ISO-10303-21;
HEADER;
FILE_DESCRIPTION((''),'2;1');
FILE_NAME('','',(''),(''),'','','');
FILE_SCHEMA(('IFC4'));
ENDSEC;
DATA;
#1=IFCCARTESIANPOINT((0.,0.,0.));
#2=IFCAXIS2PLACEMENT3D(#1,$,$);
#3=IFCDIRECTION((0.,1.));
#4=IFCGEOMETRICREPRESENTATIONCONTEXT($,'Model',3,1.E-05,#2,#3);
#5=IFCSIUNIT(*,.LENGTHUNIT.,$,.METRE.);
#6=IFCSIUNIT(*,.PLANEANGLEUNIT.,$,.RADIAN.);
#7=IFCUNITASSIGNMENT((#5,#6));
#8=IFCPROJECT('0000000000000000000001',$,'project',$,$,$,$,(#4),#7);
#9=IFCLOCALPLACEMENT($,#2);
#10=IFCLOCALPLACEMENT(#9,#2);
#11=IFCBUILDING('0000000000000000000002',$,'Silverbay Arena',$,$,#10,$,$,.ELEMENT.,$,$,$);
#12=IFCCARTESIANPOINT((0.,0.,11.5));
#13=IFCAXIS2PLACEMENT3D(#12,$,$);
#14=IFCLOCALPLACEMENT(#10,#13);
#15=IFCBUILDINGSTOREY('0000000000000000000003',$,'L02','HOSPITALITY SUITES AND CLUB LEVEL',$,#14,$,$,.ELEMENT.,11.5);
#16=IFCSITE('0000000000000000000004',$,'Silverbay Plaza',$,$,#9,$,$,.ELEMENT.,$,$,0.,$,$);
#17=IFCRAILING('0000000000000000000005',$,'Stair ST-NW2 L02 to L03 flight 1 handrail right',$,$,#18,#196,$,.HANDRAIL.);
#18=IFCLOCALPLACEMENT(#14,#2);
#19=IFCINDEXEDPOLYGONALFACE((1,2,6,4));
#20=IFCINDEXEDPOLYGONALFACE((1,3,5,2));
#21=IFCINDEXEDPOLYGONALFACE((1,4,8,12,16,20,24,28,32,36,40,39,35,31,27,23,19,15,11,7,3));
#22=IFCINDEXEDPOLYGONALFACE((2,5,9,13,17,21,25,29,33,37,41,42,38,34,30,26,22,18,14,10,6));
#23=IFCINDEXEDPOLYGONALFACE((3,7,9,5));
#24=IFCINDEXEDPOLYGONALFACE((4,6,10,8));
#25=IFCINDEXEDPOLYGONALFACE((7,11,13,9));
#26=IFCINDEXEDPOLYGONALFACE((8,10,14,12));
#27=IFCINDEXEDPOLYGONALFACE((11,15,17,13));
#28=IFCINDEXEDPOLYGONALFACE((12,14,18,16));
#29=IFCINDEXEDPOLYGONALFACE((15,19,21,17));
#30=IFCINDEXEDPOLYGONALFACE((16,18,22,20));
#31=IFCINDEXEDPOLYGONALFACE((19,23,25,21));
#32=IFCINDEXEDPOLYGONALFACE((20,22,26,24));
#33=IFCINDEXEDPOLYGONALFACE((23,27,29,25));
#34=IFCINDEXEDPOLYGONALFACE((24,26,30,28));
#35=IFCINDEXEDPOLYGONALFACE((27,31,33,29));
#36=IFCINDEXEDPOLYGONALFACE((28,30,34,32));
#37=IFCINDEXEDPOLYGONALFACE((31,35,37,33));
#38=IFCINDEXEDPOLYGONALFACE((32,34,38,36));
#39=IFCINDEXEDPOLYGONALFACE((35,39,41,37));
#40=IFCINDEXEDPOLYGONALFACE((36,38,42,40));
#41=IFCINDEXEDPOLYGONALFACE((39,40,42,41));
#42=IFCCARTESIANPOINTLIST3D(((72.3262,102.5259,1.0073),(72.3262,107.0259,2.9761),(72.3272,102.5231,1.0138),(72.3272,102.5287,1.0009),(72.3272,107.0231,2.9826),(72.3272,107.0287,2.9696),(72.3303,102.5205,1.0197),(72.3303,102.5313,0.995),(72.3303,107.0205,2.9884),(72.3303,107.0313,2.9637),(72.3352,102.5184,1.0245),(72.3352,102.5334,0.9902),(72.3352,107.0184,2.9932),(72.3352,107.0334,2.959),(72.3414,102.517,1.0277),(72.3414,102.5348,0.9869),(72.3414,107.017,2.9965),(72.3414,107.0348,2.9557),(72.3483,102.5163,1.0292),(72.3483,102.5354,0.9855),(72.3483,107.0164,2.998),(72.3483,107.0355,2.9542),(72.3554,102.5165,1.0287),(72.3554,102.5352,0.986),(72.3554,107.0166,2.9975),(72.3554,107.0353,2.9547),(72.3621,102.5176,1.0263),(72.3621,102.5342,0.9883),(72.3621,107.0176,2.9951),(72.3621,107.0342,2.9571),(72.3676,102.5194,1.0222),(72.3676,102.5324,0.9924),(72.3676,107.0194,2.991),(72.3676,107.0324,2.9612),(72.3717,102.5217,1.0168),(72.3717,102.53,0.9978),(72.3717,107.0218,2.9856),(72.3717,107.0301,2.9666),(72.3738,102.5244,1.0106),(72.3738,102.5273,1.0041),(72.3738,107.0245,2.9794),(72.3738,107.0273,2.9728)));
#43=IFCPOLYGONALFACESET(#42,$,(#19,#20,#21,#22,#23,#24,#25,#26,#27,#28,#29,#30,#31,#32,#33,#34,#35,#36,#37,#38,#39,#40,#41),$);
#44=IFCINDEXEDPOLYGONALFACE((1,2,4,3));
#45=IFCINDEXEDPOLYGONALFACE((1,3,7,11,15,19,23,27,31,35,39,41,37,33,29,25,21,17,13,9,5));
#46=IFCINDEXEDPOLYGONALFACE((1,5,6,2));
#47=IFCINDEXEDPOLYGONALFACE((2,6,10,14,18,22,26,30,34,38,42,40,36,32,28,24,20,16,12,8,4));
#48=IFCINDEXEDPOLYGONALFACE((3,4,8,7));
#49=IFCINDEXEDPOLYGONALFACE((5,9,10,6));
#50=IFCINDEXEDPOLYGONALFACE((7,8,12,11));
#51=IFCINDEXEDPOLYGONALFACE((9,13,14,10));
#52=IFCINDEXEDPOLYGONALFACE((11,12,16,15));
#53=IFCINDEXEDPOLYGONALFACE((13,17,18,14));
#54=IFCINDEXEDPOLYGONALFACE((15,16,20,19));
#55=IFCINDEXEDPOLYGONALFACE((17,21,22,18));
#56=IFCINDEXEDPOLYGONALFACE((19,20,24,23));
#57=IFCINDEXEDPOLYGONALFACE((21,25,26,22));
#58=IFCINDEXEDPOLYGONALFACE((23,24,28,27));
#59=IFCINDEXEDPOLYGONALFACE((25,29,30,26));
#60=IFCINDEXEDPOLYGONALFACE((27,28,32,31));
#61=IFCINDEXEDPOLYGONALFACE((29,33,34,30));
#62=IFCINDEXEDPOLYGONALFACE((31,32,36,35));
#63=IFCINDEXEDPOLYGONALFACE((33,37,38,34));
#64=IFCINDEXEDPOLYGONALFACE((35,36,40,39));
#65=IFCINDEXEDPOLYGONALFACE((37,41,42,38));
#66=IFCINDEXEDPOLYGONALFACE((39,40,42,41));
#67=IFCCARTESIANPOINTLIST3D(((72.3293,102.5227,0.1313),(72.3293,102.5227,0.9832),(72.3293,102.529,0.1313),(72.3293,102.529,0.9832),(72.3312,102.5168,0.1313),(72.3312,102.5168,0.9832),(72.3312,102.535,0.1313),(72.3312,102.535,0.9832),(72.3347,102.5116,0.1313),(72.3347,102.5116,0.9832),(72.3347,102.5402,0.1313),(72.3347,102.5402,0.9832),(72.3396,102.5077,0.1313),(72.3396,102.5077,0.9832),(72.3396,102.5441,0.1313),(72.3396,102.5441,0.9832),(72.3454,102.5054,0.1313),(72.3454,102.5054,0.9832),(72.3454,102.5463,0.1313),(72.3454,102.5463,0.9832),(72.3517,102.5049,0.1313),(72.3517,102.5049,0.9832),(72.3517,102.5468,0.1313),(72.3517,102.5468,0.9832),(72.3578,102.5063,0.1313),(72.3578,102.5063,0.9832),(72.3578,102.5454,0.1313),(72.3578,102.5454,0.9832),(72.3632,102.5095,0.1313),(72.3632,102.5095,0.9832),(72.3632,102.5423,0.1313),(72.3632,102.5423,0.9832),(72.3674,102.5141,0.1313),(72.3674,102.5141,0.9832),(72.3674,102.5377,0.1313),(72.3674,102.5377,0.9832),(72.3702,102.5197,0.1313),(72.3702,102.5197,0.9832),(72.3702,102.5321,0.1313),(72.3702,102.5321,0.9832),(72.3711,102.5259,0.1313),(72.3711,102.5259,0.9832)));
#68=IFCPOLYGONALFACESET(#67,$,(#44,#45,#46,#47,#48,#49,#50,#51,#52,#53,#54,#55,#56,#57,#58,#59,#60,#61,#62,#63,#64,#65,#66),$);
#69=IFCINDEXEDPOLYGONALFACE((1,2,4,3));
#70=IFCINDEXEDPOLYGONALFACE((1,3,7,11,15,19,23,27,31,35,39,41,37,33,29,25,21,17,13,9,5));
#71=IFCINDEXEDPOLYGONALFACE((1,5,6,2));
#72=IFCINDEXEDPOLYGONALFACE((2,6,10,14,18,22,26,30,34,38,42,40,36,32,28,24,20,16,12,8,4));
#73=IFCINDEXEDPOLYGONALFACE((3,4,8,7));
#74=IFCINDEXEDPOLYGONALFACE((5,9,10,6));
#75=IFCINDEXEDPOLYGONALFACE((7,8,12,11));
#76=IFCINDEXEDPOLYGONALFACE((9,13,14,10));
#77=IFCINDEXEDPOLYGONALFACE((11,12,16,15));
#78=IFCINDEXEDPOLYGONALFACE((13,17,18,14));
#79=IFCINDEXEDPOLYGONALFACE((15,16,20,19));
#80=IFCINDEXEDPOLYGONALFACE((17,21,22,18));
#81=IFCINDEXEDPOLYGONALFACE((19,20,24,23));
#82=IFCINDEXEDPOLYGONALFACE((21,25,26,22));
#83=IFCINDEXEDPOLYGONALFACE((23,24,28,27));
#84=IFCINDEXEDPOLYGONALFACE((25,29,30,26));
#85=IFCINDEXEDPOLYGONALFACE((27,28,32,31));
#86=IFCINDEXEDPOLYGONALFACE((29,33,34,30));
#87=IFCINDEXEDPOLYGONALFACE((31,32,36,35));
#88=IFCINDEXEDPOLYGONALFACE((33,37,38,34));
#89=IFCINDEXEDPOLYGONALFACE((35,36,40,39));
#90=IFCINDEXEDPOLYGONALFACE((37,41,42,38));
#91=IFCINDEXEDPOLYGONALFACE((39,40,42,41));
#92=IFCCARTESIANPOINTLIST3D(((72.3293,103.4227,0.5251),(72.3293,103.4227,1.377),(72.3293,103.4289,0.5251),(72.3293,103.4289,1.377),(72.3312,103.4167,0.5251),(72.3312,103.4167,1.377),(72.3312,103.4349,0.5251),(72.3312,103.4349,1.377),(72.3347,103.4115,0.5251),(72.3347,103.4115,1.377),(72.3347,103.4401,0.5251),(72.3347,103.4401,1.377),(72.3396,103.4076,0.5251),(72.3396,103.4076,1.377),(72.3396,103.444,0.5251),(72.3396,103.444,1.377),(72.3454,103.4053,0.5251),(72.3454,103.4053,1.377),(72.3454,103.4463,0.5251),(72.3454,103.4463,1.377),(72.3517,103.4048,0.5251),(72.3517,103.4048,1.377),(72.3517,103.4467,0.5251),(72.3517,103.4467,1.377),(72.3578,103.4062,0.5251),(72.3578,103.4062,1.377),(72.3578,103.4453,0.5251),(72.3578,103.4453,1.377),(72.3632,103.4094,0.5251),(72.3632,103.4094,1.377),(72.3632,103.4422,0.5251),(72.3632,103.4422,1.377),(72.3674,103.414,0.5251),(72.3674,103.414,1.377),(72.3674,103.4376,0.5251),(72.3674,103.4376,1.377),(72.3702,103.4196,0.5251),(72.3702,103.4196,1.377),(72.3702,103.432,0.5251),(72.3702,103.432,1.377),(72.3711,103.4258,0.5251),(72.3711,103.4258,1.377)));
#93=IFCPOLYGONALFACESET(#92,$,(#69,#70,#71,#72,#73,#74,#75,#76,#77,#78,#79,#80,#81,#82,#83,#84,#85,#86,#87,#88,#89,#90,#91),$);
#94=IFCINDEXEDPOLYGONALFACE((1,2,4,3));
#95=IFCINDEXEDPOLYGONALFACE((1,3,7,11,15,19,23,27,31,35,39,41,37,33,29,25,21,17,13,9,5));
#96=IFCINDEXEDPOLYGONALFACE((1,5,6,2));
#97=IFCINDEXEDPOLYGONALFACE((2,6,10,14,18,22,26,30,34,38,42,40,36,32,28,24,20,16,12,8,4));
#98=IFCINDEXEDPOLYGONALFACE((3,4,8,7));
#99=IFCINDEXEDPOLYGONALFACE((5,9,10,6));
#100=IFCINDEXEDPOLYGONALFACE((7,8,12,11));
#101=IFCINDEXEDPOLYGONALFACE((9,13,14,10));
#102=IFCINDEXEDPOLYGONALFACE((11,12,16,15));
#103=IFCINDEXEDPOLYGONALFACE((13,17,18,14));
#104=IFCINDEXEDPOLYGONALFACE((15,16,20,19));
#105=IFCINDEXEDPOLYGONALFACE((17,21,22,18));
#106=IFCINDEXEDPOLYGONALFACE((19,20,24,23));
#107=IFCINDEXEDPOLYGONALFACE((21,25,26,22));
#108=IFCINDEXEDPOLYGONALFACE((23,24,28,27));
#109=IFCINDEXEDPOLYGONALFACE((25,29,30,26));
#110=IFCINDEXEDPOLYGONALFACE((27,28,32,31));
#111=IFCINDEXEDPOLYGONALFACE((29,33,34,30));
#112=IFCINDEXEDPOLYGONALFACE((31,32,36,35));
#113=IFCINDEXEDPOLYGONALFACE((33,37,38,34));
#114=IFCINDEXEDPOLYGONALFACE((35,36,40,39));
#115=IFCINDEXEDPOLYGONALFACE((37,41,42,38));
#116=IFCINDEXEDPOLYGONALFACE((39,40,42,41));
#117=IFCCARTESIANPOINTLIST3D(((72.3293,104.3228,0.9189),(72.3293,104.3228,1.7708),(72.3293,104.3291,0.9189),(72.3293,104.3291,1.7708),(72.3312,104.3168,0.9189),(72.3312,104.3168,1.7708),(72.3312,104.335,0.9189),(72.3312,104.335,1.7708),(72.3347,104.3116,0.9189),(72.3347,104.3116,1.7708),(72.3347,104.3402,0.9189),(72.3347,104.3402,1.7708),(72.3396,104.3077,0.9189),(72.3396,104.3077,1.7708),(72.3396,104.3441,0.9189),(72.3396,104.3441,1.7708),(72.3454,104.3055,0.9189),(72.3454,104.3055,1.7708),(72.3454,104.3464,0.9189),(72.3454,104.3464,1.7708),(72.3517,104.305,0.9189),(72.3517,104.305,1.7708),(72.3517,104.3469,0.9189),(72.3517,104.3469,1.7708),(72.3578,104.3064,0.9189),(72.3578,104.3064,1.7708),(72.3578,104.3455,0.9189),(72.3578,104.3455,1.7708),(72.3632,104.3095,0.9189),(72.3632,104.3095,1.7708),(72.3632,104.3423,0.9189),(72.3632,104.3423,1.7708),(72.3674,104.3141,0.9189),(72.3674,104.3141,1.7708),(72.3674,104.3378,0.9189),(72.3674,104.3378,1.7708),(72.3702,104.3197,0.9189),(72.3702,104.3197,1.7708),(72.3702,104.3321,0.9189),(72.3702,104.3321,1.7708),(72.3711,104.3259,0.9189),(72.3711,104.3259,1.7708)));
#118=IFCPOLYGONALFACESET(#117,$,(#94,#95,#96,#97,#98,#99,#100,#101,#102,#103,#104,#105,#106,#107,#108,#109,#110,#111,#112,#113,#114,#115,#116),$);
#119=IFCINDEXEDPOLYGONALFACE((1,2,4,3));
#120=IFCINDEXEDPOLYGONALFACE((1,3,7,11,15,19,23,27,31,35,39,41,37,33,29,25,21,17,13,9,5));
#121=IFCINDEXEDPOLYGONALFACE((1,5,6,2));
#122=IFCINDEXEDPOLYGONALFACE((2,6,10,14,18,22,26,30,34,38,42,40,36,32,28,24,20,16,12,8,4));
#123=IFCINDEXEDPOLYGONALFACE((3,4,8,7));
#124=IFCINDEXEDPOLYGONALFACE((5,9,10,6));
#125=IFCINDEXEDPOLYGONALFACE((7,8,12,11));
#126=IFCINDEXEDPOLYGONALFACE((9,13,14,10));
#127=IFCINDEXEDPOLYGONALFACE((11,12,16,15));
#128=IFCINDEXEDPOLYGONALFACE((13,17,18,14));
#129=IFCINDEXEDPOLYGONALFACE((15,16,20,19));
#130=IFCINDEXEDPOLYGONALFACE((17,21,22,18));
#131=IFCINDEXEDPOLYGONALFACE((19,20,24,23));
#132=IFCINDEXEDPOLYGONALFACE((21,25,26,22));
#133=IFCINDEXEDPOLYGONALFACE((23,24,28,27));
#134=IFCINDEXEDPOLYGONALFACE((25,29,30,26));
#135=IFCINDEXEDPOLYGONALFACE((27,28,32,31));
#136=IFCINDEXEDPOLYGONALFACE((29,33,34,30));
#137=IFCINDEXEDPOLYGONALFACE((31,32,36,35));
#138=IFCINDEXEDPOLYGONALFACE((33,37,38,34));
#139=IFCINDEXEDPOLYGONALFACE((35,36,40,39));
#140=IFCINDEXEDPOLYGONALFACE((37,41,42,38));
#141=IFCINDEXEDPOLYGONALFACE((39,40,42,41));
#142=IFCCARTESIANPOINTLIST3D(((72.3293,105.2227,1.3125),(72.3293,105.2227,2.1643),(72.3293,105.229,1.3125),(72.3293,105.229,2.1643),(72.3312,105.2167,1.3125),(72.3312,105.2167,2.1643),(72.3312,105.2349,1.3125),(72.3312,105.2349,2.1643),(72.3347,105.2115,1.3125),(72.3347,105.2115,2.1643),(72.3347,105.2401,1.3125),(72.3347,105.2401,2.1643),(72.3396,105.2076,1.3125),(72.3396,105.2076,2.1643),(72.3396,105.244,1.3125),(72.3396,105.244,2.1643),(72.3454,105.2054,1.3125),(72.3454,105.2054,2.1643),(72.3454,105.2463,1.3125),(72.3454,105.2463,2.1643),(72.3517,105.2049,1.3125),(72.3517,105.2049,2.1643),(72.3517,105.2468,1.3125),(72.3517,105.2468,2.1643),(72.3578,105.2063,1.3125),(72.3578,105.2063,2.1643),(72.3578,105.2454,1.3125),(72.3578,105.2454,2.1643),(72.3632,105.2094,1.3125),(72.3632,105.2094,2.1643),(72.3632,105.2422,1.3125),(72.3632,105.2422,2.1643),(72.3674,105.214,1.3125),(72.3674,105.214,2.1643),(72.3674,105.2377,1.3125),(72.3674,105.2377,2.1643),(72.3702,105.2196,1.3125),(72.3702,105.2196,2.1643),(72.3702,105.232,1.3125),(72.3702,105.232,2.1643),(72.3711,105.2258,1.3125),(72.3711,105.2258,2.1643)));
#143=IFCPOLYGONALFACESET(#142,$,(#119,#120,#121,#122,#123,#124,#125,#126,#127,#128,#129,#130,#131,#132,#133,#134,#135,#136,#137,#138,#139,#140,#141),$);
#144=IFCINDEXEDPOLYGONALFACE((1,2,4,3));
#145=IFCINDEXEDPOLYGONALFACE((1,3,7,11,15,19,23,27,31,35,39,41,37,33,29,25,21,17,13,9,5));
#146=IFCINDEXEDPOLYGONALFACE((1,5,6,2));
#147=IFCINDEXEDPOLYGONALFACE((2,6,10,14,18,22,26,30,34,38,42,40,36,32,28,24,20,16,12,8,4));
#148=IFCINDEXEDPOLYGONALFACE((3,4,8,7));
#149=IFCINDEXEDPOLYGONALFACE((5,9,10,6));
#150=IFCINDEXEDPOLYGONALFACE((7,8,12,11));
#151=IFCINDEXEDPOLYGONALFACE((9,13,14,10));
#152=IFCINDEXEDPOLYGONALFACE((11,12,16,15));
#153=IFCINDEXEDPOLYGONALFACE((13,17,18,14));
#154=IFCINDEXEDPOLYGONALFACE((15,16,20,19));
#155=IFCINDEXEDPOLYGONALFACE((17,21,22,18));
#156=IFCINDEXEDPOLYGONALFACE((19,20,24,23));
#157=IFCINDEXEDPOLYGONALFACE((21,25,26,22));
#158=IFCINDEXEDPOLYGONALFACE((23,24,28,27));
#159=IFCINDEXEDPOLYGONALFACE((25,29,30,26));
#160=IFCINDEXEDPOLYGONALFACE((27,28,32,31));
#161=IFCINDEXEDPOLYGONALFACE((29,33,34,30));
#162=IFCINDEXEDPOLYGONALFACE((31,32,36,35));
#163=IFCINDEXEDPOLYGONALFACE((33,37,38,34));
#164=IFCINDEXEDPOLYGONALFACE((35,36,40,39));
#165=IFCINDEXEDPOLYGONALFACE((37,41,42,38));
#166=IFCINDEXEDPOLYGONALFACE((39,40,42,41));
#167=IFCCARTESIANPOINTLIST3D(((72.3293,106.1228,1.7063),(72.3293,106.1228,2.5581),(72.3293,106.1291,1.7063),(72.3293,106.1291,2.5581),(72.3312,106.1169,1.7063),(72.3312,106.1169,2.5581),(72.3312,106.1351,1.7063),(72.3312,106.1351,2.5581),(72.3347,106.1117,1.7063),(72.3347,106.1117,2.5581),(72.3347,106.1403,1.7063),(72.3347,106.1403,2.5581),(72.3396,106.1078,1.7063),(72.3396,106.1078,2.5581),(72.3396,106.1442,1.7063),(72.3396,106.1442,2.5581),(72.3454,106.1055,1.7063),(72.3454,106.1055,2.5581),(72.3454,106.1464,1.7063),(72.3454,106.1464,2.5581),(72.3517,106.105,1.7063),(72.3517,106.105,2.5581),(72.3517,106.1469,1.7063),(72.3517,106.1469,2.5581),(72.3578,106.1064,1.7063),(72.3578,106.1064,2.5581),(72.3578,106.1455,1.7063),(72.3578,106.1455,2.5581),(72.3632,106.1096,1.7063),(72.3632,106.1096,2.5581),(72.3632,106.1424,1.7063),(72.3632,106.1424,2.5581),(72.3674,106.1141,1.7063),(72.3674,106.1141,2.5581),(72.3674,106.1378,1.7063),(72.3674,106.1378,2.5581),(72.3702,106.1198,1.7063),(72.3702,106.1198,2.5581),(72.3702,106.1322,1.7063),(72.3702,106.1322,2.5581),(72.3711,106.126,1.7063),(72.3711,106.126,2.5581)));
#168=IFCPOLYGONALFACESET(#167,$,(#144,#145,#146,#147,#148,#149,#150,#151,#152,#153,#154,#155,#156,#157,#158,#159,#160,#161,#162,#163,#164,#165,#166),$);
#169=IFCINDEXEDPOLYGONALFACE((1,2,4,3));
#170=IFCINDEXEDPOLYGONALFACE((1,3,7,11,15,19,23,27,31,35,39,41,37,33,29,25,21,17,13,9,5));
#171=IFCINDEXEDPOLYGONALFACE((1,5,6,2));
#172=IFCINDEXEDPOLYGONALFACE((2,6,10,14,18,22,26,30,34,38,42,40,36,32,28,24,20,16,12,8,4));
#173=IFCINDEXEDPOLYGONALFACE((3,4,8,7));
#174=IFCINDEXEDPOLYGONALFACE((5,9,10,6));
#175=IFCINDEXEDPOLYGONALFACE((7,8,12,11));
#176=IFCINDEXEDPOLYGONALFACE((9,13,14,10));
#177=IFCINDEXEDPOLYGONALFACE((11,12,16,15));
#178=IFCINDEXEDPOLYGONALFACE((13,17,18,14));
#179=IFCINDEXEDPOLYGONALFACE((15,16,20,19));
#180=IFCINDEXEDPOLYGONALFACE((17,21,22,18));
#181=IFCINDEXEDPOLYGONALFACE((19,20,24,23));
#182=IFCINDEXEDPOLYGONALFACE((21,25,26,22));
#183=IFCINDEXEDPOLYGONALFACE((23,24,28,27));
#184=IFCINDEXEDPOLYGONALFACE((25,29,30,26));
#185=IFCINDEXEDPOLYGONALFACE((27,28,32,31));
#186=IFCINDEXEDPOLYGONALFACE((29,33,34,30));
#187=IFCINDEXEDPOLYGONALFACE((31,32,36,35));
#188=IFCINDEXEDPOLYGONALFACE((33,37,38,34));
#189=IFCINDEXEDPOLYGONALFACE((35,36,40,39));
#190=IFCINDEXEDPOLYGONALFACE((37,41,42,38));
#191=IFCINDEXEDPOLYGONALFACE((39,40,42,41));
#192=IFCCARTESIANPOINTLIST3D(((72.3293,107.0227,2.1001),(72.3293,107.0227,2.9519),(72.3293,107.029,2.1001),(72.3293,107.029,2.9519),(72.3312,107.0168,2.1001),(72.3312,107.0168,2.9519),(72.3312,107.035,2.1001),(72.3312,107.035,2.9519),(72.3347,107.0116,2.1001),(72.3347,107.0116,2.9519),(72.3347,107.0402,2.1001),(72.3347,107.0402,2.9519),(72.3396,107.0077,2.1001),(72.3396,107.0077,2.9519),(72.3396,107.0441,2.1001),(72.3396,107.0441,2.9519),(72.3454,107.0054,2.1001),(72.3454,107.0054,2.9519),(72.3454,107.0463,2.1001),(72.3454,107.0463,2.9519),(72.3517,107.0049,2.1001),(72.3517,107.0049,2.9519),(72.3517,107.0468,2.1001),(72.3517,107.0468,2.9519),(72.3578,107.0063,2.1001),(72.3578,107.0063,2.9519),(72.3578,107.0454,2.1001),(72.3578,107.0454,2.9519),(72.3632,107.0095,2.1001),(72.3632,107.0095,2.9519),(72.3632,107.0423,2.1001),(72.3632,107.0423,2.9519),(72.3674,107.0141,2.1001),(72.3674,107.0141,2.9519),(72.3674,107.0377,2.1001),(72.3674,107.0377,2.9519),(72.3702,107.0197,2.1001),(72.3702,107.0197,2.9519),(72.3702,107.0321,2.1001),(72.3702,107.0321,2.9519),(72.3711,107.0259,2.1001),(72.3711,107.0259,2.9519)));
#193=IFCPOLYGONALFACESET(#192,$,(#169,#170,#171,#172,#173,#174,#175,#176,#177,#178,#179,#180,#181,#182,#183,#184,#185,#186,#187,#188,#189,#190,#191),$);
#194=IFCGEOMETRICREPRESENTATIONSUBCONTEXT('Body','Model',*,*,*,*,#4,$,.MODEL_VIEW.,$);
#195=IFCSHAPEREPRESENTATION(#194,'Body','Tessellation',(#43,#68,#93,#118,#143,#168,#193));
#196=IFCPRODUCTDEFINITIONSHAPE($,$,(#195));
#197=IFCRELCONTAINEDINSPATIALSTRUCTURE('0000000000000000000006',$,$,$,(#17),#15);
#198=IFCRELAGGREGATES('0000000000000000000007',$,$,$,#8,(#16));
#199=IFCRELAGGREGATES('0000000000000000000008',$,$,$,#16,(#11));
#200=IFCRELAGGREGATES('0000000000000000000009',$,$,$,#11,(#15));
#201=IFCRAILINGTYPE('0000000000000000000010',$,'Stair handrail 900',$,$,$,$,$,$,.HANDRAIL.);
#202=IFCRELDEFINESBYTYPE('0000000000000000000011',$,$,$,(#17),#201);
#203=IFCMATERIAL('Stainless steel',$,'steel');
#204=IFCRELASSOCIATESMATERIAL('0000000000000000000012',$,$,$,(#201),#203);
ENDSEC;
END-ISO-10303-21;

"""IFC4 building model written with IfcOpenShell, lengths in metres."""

from ifc_helpers import new_model, si_unit, direction, frame, origin, origin_2d, place, context, subcontext, project, spatial, circle, extrude, material, type_object, element, save


model = new_model("IFC4")

# Units and contexts
model_context = context("Model", 3, precision=1e-05, world=origin(), true_north=direction((0.0, 1.0)))
body_context = subcontext(model_context, "Body", "Model", "MODEL_VIEW")
ifc_project = project(units=[si_unit("LENGTHUNIT", "METRE"), si_unit("PLANEANGLEUNIT", "RADIAN")], contexts=[model_context])

# Site, building, storey
site_placement = place(None, origin())
site = spatial("IfcSite", under=ifc_project, at=site_placement, Name="Silverbay Plaza", CompositionType="ELEMENT", RefElevation=0.0)
building_placement = place(site_placement, origin())
building = spatial("IfcBuilding", under=site, at=building_placement, Name="Silverbay Arena", CompositionType="ELEMENT")
storey_placement = place(building_placement, frame((0.0, 0.0, 11.5)))
storey = spatial("IfcBuildingStorey", under=building, at=storey_placement, Name="L02", Description="HOSPITALITY SUITES AND CLUB LEVEL", CompositionType="ELEMENT", Elevation=11.5)

# Railing
ifc_material_1 = material(Name="Stainless steel", Category="steel")
railing_type_1 = type_object("IfcRailingType", Name="Stair handrail 900", PredefinedType="HANDRAIL", material=ifc_material_1)
for number, where, name in (
    (1, (72.3501, 102.5259, 0.1313), "Stair ST-NW2 L02 to L03 flight 1 handrail right"),
):
    element("IfcRailing", number, at=place(storey_placement, frame(where)), inside=storey, type_object=railing_type_1, Name=name, PredefinedType="HANDRAIL", context=body_context, shape_type="SweptSolid", body=[
        extrude(circle(Radius=0.0239, at=origin_2d()), frame((0.0, 0.0, 0.876), z_axis=(0.0, 0.916157, 0.400819), x_axis=(-1.0, 0.0, 0.0)), (0.0, 0.0, 1.0), 4.9119),
        extrude(circle(Radius=0.021, at=origin_2d()), origin(), (0.0, 0.0, 1.0), 0.8518),
        extrude(circle(Radius=0.021, at=origin_2d()), frame((0.0, 0.8999, 0.3938)), (0.0, 0.0, 1.0), 0.8518),
        extrude(circle(Radius=0.021, at=origin_2d()), frame((0.0, 1.8, 0.7876)), (0.0, 0.0, 1.0), 0.8518),
        extrude(circle(Radius=0.021, at=origin_2d()), frame((0.0, 2.7, 1.1812)), (0.0, 0.0, 1.0), 0.8518),
        extrude(circle(Radius=0.021, at=origin_2d()), frame((0.0, 3.6001, 1.575)), (0.0, 0.0, 1.0), 0.8518),
        extrude(circle(Radius=0.021, at=origin_2d()), frame((0.0, 4.5, 1.9688)), (0.0, 0.0, 1.0), 0.8518),
    ])

save(model, "model.ifc")
